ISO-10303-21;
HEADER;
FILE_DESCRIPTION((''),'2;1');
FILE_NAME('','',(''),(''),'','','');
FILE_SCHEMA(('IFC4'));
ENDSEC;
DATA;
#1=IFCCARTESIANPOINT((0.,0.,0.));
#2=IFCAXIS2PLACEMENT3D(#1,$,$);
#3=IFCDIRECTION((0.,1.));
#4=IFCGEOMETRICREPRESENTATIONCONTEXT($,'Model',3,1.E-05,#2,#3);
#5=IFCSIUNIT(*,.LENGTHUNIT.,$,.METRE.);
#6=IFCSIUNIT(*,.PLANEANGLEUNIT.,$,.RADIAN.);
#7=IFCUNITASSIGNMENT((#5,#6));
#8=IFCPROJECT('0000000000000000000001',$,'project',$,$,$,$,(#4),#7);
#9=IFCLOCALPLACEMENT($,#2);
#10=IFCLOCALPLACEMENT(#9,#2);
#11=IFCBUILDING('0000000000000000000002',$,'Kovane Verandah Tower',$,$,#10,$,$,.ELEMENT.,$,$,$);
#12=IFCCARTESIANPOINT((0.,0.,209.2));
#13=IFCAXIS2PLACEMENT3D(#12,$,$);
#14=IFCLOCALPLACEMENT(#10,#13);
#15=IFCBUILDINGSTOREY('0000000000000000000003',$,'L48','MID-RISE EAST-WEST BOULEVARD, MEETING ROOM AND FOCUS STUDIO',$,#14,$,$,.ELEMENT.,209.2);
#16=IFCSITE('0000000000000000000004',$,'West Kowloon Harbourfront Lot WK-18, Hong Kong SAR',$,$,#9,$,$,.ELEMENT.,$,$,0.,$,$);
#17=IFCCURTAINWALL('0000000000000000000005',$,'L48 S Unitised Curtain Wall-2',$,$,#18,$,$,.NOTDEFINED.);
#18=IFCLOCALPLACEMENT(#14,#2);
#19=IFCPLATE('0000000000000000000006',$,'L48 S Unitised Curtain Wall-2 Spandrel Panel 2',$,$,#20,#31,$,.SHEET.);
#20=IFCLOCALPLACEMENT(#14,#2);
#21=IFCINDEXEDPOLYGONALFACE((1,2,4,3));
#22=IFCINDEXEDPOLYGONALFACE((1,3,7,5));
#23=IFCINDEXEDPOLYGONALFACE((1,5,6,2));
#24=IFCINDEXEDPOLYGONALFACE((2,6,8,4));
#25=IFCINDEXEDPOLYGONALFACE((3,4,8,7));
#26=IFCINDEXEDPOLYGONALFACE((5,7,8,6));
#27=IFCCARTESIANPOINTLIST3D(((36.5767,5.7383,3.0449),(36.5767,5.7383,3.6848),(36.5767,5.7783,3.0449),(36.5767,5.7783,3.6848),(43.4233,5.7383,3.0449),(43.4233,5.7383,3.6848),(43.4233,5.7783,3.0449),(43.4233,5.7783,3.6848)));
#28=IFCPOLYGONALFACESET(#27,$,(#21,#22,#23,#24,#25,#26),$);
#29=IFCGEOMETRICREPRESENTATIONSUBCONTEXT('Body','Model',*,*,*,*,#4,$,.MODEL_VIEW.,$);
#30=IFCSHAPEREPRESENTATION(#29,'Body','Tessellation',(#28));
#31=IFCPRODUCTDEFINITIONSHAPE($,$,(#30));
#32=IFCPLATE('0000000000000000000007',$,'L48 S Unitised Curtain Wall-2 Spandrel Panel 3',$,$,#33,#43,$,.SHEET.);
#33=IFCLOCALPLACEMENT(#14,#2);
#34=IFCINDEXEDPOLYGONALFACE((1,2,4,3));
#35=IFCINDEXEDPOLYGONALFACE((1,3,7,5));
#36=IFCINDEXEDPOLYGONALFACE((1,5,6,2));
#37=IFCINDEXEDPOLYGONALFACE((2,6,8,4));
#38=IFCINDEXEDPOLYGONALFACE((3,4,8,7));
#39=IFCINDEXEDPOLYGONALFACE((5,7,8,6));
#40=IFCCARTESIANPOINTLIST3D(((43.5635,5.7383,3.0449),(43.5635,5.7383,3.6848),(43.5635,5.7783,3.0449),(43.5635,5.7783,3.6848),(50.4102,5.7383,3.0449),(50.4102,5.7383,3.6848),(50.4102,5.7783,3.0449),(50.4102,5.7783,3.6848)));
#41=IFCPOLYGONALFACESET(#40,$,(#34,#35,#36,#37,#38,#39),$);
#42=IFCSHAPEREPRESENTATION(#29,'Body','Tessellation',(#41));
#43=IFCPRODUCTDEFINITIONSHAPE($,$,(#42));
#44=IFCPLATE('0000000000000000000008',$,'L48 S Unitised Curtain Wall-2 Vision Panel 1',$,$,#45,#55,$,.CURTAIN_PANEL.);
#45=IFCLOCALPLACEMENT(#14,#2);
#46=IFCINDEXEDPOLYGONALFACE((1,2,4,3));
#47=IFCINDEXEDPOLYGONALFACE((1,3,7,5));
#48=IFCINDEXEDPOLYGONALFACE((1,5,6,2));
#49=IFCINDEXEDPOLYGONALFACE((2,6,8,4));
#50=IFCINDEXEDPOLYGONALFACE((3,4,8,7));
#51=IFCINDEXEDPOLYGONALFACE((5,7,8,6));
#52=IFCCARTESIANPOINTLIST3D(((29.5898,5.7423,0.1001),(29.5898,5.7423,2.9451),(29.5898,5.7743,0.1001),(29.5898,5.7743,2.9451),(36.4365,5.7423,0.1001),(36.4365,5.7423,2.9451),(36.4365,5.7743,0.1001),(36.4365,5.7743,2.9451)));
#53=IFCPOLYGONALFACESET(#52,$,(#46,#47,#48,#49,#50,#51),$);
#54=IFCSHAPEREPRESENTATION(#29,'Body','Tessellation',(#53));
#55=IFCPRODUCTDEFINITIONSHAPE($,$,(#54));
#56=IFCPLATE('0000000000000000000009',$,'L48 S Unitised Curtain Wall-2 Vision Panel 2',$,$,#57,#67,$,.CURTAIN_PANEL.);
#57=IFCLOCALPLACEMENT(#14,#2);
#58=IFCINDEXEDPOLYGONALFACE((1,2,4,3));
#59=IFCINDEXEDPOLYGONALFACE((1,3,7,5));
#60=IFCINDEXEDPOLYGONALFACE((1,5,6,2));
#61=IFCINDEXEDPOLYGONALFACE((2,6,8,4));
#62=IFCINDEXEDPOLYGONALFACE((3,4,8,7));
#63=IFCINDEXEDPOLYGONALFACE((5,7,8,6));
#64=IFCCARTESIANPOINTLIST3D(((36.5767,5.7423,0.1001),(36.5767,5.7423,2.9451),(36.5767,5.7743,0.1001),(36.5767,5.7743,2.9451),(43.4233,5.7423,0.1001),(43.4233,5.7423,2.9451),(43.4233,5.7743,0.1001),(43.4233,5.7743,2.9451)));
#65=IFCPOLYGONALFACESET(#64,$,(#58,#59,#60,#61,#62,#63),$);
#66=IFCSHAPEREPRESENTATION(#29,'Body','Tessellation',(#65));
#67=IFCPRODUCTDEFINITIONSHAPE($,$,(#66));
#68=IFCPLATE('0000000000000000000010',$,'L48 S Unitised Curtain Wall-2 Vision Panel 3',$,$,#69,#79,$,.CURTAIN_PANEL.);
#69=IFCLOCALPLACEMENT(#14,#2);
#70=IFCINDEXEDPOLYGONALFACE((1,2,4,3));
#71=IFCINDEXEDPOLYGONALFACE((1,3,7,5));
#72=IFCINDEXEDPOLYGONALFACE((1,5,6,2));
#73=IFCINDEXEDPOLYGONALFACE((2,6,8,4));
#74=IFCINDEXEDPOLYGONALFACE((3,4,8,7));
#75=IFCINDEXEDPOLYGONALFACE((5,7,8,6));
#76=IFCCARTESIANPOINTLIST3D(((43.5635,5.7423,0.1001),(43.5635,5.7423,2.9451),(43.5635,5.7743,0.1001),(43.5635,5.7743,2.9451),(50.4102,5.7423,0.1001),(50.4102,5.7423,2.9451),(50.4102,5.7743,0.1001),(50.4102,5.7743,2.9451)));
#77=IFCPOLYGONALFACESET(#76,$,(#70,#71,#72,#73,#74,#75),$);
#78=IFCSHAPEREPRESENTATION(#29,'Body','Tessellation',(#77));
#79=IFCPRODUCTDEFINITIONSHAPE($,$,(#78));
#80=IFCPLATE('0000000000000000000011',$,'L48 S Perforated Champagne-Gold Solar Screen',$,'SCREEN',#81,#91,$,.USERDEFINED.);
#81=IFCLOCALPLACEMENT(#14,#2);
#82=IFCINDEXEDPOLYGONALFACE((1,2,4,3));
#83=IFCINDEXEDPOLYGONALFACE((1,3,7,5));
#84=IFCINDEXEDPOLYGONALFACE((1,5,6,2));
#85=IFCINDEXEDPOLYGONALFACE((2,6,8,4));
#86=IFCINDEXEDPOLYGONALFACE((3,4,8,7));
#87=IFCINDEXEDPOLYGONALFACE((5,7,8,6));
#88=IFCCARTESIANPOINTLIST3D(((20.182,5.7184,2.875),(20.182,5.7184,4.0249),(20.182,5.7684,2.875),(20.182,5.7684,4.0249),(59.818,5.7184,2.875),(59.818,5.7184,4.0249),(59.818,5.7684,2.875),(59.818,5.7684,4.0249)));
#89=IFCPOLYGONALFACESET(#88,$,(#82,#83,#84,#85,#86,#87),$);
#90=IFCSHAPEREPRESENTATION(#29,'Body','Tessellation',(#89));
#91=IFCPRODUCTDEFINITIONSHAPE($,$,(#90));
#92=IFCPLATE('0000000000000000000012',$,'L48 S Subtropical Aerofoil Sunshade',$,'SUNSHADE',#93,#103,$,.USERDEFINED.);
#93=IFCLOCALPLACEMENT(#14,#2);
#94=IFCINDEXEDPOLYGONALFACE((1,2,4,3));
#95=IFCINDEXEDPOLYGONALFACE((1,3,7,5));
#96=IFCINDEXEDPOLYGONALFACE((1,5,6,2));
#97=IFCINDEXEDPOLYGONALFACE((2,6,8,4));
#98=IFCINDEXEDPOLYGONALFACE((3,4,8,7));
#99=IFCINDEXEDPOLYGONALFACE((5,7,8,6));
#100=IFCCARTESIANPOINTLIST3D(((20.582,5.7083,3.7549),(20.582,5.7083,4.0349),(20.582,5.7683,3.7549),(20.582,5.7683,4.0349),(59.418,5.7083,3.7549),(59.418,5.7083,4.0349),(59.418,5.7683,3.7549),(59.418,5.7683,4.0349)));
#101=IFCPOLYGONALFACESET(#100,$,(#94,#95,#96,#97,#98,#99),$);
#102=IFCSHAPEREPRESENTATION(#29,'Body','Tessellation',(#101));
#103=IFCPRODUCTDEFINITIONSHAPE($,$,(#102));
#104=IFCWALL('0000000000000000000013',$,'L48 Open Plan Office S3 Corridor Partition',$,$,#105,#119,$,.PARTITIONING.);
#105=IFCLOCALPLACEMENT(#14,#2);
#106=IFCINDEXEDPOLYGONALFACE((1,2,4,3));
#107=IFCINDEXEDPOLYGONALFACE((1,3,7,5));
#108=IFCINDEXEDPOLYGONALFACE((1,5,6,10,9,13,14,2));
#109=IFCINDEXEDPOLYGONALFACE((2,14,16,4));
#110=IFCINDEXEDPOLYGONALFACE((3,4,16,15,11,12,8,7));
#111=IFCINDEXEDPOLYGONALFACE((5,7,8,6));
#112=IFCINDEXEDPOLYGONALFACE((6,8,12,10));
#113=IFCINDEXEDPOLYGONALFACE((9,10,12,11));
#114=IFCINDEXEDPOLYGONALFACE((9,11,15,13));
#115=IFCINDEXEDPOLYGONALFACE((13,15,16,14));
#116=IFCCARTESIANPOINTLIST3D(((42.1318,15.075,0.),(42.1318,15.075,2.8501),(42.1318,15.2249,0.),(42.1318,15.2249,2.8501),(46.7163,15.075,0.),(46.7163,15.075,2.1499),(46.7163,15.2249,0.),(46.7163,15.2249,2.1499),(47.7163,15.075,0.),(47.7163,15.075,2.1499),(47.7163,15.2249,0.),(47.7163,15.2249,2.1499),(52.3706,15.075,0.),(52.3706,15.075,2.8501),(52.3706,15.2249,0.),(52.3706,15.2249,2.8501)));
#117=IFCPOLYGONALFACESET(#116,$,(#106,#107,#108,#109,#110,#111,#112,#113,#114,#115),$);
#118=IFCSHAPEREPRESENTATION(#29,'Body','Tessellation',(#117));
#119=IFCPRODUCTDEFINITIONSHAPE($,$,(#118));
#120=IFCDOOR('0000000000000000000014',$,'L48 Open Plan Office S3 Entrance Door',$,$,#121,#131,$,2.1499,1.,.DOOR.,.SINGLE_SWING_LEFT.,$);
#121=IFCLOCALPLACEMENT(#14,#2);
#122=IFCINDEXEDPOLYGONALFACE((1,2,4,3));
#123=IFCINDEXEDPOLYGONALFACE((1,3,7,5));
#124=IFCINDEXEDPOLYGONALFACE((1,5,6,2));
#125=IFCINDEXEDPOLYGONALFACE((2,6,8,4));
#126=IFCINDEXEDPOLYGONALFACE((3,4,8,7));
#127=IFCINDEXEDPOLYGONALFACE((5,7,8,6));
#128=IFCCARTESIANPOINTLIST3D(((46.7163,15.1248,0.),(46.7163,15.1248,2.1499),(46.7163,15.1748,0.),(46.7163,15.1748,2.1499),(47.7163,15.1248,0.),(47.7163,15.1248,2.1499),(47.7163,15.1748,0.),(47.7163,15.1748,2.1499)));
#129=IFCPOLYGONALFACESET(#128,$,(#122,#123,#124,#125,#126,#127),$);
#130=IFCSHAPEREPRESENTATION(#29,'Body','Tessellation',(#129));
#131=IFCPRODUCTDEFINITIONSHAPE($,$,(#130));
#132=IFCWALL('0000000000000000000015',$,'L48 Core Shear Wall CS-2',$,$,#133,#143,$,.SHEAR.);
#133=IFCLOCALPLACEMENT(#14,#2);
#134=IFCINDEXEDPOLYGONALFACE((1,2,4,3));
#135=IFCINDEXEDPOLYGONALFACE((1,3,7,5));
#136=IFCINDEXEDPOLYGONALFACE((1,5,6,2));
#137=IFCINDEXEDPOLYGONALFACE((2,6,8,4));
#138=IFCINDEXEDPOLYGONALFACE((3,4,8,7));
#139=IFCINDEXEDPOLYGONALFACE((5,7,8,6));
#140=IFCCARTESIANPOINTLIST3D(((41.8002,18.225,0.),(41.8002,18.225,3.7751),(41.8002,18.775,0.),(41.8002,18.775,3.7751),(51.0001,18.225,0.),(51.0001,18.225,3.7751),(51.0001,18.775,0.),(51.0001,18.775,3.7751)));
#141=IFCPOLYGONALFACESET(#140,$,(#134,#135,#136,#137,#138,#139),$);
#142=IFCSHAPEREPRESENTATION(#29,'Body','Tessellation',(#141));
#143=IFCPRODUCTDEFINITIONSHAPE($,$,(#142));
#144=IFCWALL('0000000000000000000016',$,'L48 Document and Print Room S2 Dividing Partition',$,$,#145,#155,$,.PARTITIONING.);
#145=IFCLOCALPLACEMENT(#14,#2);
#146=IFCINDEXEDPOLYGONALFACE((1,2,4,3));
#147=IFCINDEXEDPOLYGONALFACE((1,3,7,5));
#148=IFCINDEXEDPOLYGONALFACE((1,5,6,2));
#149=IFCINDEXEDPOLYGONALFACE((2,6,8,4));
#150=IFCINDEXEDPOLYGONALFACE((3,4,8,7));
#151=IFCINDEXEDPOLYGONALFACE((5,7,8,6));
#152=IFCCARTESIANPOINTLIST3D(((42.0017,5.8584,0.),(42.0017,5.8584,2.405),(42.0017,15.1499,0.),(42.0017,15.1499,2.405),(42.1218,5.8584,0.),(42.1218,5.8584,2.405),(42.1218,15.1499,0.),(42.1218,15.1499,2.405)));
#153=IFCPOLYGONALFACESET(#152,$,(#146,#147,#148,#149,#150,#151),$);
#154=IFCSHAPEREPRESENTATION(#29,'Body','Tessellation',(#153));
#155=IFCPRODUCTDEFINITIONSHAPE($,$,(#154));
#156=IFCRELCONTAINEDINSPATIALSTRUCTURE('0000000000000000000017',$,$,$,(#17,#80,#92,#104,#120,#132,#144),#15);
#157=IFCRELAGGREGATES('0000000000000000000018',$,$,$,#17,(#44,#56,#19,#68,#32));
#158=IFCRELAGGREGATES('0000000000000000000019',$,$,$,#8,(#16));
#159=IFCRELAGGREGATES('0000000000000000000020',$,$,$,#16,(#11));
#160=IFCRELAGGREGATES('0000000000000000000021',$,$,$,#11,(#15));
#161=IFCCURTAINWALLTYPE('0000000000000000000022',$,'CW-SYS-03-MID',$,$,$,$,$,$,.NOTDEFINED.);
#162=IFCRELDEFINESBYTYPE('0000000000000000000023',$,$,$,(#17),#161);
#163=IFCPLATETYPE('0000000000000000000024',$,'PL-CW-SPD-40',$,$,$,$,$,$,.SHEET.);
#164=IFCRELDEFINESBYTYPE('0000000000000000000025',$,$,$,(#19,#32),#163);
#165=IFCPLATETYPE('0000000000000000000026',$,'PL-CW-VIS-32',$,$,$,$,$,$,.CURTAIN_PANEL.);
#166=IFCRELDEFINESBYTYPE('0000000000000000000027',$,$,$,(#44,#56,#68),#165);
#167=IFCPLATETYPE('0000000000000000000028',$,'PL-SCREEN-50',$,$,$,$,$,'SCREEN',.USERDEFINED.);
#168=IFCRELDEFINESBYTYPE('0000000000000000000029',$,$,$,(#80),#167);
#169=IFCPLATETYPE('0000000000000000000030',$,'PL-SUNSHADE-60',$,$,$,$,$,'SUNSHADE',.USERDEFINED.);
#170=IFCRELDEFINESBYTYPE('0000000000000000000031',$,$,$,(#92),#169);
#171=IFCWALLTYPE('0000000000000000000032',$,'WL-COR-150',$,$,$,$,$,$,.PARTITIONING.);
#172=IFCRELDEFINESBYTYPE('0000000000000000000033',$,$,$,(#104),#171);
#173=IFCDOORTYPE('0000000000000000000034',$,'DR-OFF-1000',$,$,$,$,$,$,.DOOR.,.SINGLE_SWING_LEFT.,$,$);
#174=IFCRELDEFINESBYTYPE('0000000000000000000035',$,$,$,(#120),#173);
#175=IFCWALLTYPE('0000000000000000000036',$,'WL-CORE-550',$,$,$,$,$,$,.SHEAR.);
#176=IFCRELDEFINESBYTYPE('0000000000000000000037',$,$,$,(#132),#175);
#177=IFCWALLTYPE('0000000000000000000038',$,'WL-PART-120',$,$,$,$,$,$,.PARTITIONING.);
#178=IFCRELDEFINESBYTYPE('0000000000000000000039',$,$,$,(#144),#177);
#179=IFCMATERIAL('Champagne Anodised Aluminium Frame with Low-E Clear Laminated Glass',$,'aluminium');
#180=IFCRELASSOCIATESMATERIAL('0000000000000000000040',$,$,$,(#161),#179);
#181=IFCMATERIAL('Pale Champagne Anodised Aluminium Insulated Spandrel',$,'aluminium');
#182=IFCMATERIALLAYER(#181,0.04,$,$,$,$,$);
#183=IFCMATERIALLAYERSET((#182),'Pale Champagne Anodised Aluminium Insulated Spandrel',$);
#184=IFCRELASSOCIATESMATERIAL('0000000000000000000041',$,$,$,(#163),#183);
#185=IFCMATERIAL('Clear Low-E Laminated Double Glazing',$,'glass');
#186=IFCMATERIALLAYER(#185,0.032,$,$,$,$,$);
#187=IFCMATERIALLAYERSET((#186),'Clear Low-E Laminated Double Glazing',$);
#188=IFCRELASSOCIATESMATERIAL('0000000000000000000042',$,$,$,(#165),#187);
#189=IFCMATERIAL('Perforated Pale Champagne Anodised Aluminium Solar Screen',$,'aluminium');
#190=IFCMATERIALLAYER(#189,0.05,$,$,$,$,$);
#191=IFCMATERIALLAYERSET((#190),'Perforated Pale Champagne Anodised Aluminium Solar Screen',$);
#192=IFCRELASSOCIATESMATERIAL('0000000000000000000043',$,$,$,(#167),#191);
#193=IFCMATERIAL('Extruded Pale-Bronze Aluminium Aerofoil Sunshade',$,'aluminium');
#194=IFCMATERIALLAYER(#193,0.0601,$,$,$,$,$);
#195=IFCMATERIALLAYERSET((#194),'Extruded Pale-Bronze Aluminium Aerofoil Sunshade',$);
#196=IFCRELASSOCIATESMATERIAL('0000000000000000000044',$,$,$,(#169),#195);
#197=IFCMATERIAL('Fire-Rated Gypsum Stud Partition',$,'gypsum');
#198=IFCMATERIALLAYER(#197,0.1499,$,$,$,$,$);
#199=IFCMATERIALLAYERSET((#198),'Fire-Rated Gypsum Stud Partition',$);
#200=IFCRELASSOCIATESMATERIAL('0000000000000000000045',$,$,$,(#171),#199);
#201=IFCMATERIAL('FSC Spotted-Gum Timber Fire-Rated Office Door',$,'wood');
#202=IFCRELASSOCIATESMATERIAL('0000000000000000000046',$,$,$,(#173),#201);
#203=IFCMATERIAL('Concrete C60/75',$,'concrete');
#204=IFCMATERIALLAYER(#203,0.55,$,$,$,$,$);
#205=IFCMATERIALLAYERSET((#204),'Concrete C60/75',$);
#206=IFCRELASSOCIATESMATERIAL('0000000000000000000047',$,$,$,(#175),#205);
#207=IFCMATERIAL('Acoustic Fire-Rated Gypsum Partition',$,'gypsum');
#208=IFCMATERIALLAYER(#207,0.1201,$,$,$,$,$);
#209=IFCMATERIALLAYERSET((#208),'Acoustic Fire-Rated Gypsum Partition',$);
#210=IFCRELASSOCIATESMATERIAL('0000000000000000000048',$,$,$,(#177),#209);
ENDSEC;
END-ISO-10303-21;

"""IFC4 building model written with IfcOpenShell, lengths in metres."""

from ifc_helpers import new_model, si_unit, direction, frame, frame_2d, origin, origin_2d, place, context, subcontext, project, spatial, rectangle, extrude, material, layer, layer_set, type_object, element, fill, aggregate, save


model = new_model("IFC4")

# Units and contexts
model_context = context("Model", 3, precision=1e-05, world=origin(), true_north=direction((0.0, 1.0)))
body_context = subcontext(model_context, "Body", "Model", "MODEL_VIEW")
ifc_project = project(units=[si_unit("LENGTHUNIT", "METRE"), si_unit("PLANEANGLEUNIT", "RADIAN")], contexts=[model_context])

# Site, building, storey
site_placement = place(None, origin())
site = spatial("IfcSite", under=ifc_project, at=site_placement, Name="West Kowloon Harbourfront Lot WK-18, Hong Kong SAR", CompositionType="ELEMENT", RefElevation=0.0)
building_placement = place(site_placement, origin())
building = spatial("IfcBuilding", under=site, at=building_placement, Name="Kovane Verandah Tower", CompositionType="ELEMENT")
storey_placement = place(building_placement, frame((0.0, 0.0, 209.2)))
storey = spatial("IfcBuildingStorey", under=building, at=storey_placement, Name="L48", Description="MID-RISE EAST-WEST BOULEVARD, MEETING ROOM AND FOCUS STUDIO", CompositionType="ELEMENT", Elevation=209.2)

# Shared definitions
ifc_material_1 = material(Name="Concrete C60/75", Category="concrete")

# Curtain wall, plates
ifc_material_2 = material(Name="Champagne Anodised Aluminium Frame with Low-E Clear Laminated Glass", Category="aluminium")
curtain_wall_type = type_object("IfcCurtainWallType", Name="CW-SYS-03-MID", PredefinedType="NOTDEFINED", material=ifc_material_2)
curtain_wall_placement = place(storey_placement, origin())
curtain_wall = element("IfcCurtainWall", 1, at=curtain_wall_placement, inside=storey, type_object=curtain_wall_type, Name="L48 S Unitised Curtain Wall-2", PredefinedType="NOTDEFINED")
ifc_material_3 = material(Name="Pale Champagne Anodised Aluminium Insulated Spandrel", Category="aluminium")
ifc_layer_1 = layer(ifc_material_3, 0.04)
ifc_layer_set_1 = layer_set([ifc_layer_1], Name="Pale Champagne Anodised Aluminium Insulated Spandrel")
plate_type_1 = type_object("IfcPlateType", Name="PL-CW-SPD-40", PredefinedType="SHEET", material=ifc_layer_set_1)
plate_1_placement = place(storey_placement, frame((40.0, 5.7583, 3.0449), z_axis=(0.0, 0.0, 1.0), x_axis=(1.0, 0.0, 0.0)))
plate_1 = element("IfcPlate", 2, at=plate_1_placement, type_object=plate_type_1, Name="L48 S Unitised Curtain Wall-2 Spandrel Panel 2", PredefinedType="SHEET", context=body_context, shape_type="SweptSolid", body=[
    extrude(rectangle(XDim=6.8467, YDim=0.04, at=origin_2d()), origin(), (0.0, 0.0, 1.0), 0.6399),
])
plate_2_placement = place(storey_placement, frame((46.9868, 5.7583, 3.0449), z_axis=(0.0, 0.0, 1.0), x_axis=(1.0, 0.0, 0.0)))
plate_2 = element("IfcPlate", 3, at=plate_2_placement, type_object=plate_type_1, Name="L48 S Unitised Curtain Wall-2 Spandrel Panel 3", PredefinedType="SHEET", context=body_context, shape_type="SweptSolid", body=[
    extrude(rectangle(XDim=6.8467, YDim=0.04, at=origin_2d()), origin(), (0.0, 0.0, 1.0), 0.6399),
])
ifc_material_4 = material(Name="Clear Low-E Laminated Double Glazing", Category="glass")
ifc_layer_2 = layer(ifc_material_4, 0.032)
ifc_layer_set_2 = layer_set([ifc_layer_2], Name="Clear Low-E Laminated Double Glazing")
plate_type_2 = type_object("IfcPlateType", Name="PL-CW-VIS-32", PredefinedType="CURTAIN_PANEL", material=ifc_layer_set_2)
plate_3_placement = place(storey_placement, frame((33.0132, 5.7583, 0.1001), z_axis=(0.0, 0.0, 1.0), x_axis=(1.0, 0.0, 0.0)))
plate_3 = element("IfcPlate", 4, at=plate_3_placement, type_object=plate_type_2, Name="L48 S Unitised Curtain Wall-2 Vision Panel 1", PredefinedType="CURTAIN_PANEL", context=body_context, shape_type="SweptSolid", body=[
    extrude(rectangle(XDim=6.8467, YDim=0.032, at=origin_2d()), origin(), (0.0, 0.0, 1.0), 2.845),
])
plate_4_placement = place(storey_placement, frame((40.0, 5.7583, 0.1001), z_axis=(0.0, 0.0, 1.0), x_axis=(1.0, 0.0, 0.0)))
plate_4 = element("IfcPlate", 5, at=plate_4_placement, type_object=plate_type_2, Name="L48 S Unitised Curtain Wall-2 Vision Panel 2", PredefinedType="CURTAIN_PANEL", context=body_context, shape_type="SweptSolid", body=[
    extrude(rectangle(XDim=6.8467, YDim=0.032, at=origin_2d()), origin(), (0.0, 0.0, 1.0), 2.845),
])
plate_5_placement = place(storey_placement, frame((46.9868, 5.7583, 0.1001), z_axis=(0.0, 0.0, 1.0), x_axis=(1.0, 0.0, 0.0)))
plate_5 = element("IfcPlate", 6, at=plate_5_placement, type_object=plate_type_2, Name="L48 S Unitised Curtain Wall-2 Vision Panel 3", PredefinedType="CURTAIN_PANEL", context=body_context, shape_type="SweptSolid", body=[
    extrude(rectangle(XDim=6.8467, YDim=0.032, at=origin_2d()), origin(), (0.0, 0.0, 1.0), 2.845),
])
aggregate(curtain_wall, [plate_3, plate_4, plate_1, plate_5, plate_2])

# Plates
ifc_material_5 = material(Name="Perforated Pale Champagne Anodised Aluminium Solar Screen", Category="aluminium")
ifc_layer_3 = layer(ifc_material_5, 0.05)
ifc_layer_set_3 = layer_set([ifc_layer_3], Name="Perforated Pale Champagne Anodised Aluminium Solar Screen")
plate_type_3 = type_object("IfcPlateType", Name="PL-SCREEN-50", ElementType="SCREEN", PredefinedType="USERDEFINED", material=ifc_layer_set_3)
plate_6_placement = place(storey_placement, frame((40.0, 5.7434, 2.875), z_axis=(0.0, 0.0, 1.0), x_axis=(1.0, 0.0, 0.0)))
element("IfcPlate", 7, at=plate_6_placement, inside=storey, type_object=plate_type_3, Name="L48 S Perforated Champagne-Gold Solar Screen", ObjectType="SCREEN", PredefinedType="USERDEFINED", context=body_context, shape_type="SweptSolid", body=[
    extrude(rectangle(XDim=39.636, YDim=0.05, at=origin_2d()), origin(), (0.0, 0.0, 1.0), 1.1499),
])
ifc_material_6 = material(Name="Extruded Pale-Bronze Aluminium Aerofoil Sunshade", Category="aluminium")
ifc_layer_4 = layer(ifc_material_6, 0.0601)
ifc_layer_set_4 = layer_set([ifc_layer_4], Name="Extruded Pale-Bronze Aluminium Aerofoil Sunshade")
plate_type_4 = type_object("IfcPlateType", Name="PL-SUNSHADE-60", ElementType="SUNSHADE", PredefinedType="USERDEFINED", material=ifc_layer_set_4)
plate_7_placement = place(storey_placement, frame((40.0, 5.7383, 3.7549), z_axis=(0.0, 0.0, 1.0), x_axis=(1.0, 0.0, 0.0)))
element("IfcPlate", 8, at=plate_7_placement, inside=storey, type_object=plate_type_4, Name="L48 S Subtropical Aerofoil Sunshade", ObjectType="SUNSHADE", PredefinedType="USERDEFINED", context=body_context, shape_type="SweptSolid", body=[
    extrude(rectangle(XDim=38.8359, YDim=0.0601, at=origin_2d()), origin(), (0.0, 0.0, 1.0), 0.28),
])

# Wall, opening, door
ifc_material_7 = material(Name="Fire-Rated Gypsum Stud Partition", Category="gypsum")
ifc_layer_5 = layer(ifc_material_7, 0.1499)
ifc_layer_set_5 = layer_set([ifc_layer_5], Name="Fire-Rated Gypsum Stud Partition")
wall_type_1 = type_object("IfcWallType", Name="WL-COR-150", PredefinedType="PARTITIONING", material=ifc_layer_set_5)
wall_1_placement = place(storey_placement, frame((42.1318, 15.1499, 0.0), z_axis=(0.0, 0.0, 1.0), x_axis=(1.0, 0.0, 0.0)))
wall_1 = element("IfcWall", 9, at=wall_1_placement, inside=storey, type_object=wall_type_1, Name="L48 Open Plan Office S3 Corridor Partition", PredefinedType="PARTITIONING", context=body_context, shape_type="SweptSolid", body=[
    extrude(rectangle(XDim=10.2388, YDim=0.1499, at=frame_2d((5.1194, 0.0))), origin(), (0.0, 0.0, 1.0), 2.8501),
])
opening_placement = place(wall_1_placement, frame((4.5845, 0.0, 0.0)))
opening = element("IfcOpeningElement", 10, at=opening_placement, cuts=wall_1, PredefinedType="OPENING", context=body_context, shape_type="SweptSolid", body=[
    extrude(rectangle(XDim=1.0, YDim=2.1499, at=frame_2d((0.5, 1.075))), frame((0.0, 0.075, 0.0), z_axis=(0.0, -1.0, 0.0), x_axis=(1.0, 0.0, 0.0)), (0.0, 0.0, 1.0), 0.1499),
])
ifc_material_8 = material(Name="FSC Spotted-Gum Timber Fire-Rated Office Door", Category="wood")
door_type = type_object("IfcDoorType", Name="DR-OFF-1000", OperationType="SINGLE_SWING_LEFT", PredefinedType="DOOR", material=ifc_material_8)
door_placement = place(opening_placement, origin())
door = element("IfcDoor", 11, at=door_placement, inside=storey, type_object=door_type, Name="L48 Open Plan Office S3 Entrance Door", OperationType="SINGLE_SWING_LEFT", OverallHeight=2.1499, OverallWidth=1.0, PredefinedType="DOOR", context=body_context, shape_type="SweptSolid", body=[
    extrude(rectangle(XDim=1.0, YDim=2.1499, at=frame_2d((0.5, 1.075))), frame((0.0, 0.0249, 0.0), z_axis=(0.0, -1.0, 0.0), x_axis=(1.0, 0.0, 0.0)), (0.0, 0.0, 1.0), 0.05),
])
fill(opening, door)

# Walls
ifc_layer_6 = layer(ifc_material_1, 0.55)
ifc_layer_set_6 = layer_set([ifc_layer_6], Name="Concrete C60/75")
wall_type_2 = type_object("IfcWallType", Name="WL-CORE-550", PredefinedType="SHEAR", material=ifc_layer_set_6)
wall_2_placement = place(storey_placement, frame((41.8, 18.5, 0.0), z_axis=(0.0, 0.0, 1.0), x_axis=(1.0, 0.0, 0.0)))
element("IfcWall", 12, at=wall_2_placement, inside=storey, type_object=wall_type_2, Name="L48 Core Shear Wall CS-2", PredefinedType="SHEAR", context=body_context, shape_type="SweptSolid", body=[
    extrude(rectangle(XDim=9.2, YDim=0.55, at=frame_2d((4.6001, 0.0))), origin(), (0.0, 0.0, 1.0), 3.7751),
])
ifc_material_9 = material(Name="Acoustic Fire-Rated Gypsum Partition", Category="gypsum")
ifc_layer_7 = layer(ifc_material_9, 0.1201)
ifc_layer_set_7 = layer_set([ifc_layer_7], Name="Acoustic Fire-Rated Gypsum Partition")
wall_type_3 = type_object("IfcWallType", Name="WL-PART-120", PredefinedType="PARTITIONING", material=ifc_layer_set_7)
wall_3_placement = place(storey_placement, frame((42.0618, 5.8584, 0.0), z_axis=(0.0, 0.0, 1.0), x_axis=(0.0, 1.0, 0.0)))
element("IfcWall", 13, at=wall_3_placement, inside=storey, type_object=wall_type_3, Name="L48 Document and Print Room S2 Dividing Partition", PredefinedType="PARTITIONING", context=body_context, shape_type="SweptSolid", body=[
    extrude(rectangle(XDim=9.2915, YDim=0.1201, at=frame_2d((4.6458, 0.0))), origin(), (0.0, 0.0, 1.0), 2.405),
])

save(model, "model.ifc")
